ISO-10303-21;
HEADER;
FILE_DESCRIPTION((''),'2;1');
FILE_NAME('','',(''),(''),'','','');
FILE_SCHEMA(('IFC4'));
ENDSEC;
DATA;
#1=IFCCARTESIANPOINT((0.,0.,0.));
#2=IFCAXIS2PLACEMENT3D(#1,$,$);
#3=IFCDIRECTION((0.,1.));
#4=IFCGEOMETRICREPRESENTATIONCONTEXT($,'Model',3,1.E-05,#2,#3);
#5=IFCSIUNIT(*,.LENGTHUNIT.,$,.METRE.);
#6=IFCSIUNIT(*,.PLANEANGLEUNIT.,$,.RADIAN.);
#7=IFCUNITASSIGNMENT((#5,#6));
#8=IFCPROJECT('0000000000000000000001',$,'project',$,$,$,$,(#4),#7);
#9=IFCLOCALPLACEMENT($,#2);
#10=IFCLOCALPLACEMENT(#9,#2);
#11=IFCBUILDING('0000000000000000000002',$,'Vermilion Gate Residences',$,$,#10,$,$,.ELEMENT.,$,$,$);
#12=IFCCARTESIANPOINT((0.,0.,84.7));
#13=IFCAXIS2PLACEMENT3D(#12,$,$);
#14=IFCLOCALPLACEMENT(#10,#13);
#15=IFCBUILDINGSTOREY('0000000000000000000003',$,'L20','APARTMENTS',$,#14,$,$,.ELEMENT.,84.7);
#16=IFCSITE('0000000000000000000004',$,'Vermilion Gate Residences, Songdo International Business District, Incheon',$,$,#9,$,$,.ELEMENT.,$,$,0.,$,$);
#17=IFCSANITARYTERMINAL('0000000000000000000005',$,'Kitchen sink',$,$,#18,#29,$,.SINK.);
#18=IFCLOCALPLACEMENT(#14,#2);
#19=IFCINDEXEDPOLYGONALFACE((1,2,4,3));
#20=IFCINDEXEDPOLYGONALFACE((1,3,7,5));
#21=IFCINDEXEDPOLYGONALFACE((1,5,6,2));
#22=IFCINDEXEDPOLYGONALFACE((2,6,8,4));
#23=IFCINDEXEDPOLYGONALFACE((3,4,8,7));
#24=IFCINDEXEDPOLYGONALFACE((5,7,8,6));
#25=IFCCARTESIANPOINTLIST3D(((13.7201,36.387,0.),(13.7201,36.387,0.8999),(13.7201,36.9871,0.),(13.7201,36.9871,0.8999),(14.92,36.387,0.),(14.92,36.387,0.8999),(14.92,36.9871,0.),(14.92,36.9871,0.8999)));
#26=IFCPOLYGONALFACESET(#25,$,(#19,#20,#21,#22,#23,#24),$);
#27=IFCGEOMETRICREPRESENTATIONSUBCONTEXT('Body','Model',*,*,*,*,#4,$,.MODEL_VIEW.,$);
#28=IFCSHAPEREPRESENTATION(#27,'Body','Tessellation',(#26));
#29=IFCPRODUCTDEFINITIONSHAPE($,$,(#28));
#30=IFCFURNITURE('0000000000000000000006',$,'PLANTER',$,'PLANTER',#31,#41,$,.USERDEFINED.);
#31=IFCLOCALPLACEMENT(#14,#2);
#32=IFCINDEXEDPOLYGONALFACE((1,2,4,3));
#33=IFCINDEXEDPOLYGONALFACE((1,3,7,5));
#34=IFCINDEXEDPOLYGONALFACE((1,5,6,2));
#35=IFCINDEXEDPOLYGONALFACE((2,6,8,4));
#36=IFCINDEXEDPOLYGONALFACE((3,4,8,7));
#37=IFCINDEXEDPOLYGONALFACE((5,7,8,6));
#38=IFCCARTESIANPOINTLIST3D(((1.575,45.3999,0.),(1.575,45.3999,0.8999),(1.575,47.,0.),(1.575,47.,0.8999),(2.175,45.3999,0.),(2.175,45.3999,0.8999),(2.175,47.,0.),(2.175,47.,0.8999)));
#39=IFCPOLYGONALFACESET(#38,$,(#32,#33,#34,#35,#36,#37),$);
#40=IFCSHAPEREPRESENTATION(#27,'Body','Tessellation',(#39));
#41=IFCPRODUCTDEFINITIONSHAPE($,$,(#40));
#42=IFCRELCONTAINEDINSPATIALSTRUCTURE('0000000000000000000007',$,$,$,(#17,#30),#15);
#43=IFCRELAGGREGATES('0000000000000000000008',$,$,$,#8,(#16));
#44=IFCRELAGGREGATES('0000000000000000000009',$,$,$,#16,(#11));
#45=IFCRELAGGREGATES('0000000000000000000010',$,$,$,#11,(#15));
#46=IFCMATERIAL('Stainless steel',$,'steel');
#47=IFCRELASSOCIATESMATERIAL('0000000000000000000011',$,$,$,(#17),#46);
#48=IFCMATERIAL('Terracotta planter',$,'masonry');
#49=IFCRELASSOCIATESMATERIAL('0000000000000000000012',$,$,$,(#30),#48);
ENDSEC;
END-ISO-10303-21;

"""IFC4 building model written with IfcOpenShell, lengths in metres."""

from ifc_helpers import new_model, si_unit, direction, frame, origin, origin_2d, place, context, subcontext, project, spatial, rectangle, extrude, material, element, save


model = new_model("IFC4")

# Units and contexts
model_context = context("Model", 3, precision=1e-05, world=origin(), true_north=direction((0.0, 1.0)))
body_context = subcontext(model_context, "Body", "Model", "MODEL_VIEW")
ifc_project = project(units=[si_unit("LENGTHUNIT", "METRE"), si_unit("PLANEANGLEUNIT", "RADIAN")], contexts=[model_context])

# Site, building, storey
site_placement = place(None, origin())
site = spatial("IfcSite", under=ifc_project, at=site_placement, Name="Vermilion Gate Residences, Songdo International Business District, Incheon", CompositionType="ELEMENT", RefElevation=0.0)
building_placement = place(site_placement, origin())
building = spatial("IfcBuilding", under=site, at=building_placement, Name="Vermilion Gate Residences", CompositionType="ELEMENT")
storey_placement = place(building_placement, frame((0.0, 0.0, 84.7)))
storey = spatial("IfcBuildingStorey", under=building, at=storey_placement, Name="L20", Description="APARTMENTS", CompositionType="ELEMENT", Elevation=84.7)

# Sanitary terminal
ifc_material_1 = material(Name="Stainless steel", Category="steel")
sanitary_terminal_1_placement = place(storey_placement, frame((14.3201, 36.687, 0.0), z_axis=(0.0, 0.0, 1.0), x_axis=(1.0, 0.0, 0.0)))
element("IfcSanitaryTerminal", 1, at=sanitary_terminal_1_placement, inside=storey, material=ifc_material_1, Name="Kitchen sink", PredefinedType="SINK", context=body_context, shape_type="SweptSolid", body=[
    extrude(rectangle(XDim=1.2, YDim=0.6001, at=origin_2d()), origin(), (0.0, 0.0, 1.0), 0.8999),
])

# Furniture
ifc_material_2 = material(Name="Terracotta planter", Category="masonry")
furniture_placement = place(storey_placement, frame((1.875, 46.2, 0.0), z_axis=(0.0, 0.0, 1.0), x_axis=(0.0, -1.0, 0.0)))
element("IfcFurniture", 2, at=furniture_placement, inside=storey, material=ifc_material_2, Name="PLANTER", ObjectType="PLANTER", PredefinedType="USERDEFINED", context=body_context, shape_type="SweptSolid", body=[
    extrude(rectangle(XDim=1.6001, YDim=0.6001, at=origin_2d()), origin(), (0.0, 0.0, 1.0), 0.8999),
])

save(model, "model.ifc")
